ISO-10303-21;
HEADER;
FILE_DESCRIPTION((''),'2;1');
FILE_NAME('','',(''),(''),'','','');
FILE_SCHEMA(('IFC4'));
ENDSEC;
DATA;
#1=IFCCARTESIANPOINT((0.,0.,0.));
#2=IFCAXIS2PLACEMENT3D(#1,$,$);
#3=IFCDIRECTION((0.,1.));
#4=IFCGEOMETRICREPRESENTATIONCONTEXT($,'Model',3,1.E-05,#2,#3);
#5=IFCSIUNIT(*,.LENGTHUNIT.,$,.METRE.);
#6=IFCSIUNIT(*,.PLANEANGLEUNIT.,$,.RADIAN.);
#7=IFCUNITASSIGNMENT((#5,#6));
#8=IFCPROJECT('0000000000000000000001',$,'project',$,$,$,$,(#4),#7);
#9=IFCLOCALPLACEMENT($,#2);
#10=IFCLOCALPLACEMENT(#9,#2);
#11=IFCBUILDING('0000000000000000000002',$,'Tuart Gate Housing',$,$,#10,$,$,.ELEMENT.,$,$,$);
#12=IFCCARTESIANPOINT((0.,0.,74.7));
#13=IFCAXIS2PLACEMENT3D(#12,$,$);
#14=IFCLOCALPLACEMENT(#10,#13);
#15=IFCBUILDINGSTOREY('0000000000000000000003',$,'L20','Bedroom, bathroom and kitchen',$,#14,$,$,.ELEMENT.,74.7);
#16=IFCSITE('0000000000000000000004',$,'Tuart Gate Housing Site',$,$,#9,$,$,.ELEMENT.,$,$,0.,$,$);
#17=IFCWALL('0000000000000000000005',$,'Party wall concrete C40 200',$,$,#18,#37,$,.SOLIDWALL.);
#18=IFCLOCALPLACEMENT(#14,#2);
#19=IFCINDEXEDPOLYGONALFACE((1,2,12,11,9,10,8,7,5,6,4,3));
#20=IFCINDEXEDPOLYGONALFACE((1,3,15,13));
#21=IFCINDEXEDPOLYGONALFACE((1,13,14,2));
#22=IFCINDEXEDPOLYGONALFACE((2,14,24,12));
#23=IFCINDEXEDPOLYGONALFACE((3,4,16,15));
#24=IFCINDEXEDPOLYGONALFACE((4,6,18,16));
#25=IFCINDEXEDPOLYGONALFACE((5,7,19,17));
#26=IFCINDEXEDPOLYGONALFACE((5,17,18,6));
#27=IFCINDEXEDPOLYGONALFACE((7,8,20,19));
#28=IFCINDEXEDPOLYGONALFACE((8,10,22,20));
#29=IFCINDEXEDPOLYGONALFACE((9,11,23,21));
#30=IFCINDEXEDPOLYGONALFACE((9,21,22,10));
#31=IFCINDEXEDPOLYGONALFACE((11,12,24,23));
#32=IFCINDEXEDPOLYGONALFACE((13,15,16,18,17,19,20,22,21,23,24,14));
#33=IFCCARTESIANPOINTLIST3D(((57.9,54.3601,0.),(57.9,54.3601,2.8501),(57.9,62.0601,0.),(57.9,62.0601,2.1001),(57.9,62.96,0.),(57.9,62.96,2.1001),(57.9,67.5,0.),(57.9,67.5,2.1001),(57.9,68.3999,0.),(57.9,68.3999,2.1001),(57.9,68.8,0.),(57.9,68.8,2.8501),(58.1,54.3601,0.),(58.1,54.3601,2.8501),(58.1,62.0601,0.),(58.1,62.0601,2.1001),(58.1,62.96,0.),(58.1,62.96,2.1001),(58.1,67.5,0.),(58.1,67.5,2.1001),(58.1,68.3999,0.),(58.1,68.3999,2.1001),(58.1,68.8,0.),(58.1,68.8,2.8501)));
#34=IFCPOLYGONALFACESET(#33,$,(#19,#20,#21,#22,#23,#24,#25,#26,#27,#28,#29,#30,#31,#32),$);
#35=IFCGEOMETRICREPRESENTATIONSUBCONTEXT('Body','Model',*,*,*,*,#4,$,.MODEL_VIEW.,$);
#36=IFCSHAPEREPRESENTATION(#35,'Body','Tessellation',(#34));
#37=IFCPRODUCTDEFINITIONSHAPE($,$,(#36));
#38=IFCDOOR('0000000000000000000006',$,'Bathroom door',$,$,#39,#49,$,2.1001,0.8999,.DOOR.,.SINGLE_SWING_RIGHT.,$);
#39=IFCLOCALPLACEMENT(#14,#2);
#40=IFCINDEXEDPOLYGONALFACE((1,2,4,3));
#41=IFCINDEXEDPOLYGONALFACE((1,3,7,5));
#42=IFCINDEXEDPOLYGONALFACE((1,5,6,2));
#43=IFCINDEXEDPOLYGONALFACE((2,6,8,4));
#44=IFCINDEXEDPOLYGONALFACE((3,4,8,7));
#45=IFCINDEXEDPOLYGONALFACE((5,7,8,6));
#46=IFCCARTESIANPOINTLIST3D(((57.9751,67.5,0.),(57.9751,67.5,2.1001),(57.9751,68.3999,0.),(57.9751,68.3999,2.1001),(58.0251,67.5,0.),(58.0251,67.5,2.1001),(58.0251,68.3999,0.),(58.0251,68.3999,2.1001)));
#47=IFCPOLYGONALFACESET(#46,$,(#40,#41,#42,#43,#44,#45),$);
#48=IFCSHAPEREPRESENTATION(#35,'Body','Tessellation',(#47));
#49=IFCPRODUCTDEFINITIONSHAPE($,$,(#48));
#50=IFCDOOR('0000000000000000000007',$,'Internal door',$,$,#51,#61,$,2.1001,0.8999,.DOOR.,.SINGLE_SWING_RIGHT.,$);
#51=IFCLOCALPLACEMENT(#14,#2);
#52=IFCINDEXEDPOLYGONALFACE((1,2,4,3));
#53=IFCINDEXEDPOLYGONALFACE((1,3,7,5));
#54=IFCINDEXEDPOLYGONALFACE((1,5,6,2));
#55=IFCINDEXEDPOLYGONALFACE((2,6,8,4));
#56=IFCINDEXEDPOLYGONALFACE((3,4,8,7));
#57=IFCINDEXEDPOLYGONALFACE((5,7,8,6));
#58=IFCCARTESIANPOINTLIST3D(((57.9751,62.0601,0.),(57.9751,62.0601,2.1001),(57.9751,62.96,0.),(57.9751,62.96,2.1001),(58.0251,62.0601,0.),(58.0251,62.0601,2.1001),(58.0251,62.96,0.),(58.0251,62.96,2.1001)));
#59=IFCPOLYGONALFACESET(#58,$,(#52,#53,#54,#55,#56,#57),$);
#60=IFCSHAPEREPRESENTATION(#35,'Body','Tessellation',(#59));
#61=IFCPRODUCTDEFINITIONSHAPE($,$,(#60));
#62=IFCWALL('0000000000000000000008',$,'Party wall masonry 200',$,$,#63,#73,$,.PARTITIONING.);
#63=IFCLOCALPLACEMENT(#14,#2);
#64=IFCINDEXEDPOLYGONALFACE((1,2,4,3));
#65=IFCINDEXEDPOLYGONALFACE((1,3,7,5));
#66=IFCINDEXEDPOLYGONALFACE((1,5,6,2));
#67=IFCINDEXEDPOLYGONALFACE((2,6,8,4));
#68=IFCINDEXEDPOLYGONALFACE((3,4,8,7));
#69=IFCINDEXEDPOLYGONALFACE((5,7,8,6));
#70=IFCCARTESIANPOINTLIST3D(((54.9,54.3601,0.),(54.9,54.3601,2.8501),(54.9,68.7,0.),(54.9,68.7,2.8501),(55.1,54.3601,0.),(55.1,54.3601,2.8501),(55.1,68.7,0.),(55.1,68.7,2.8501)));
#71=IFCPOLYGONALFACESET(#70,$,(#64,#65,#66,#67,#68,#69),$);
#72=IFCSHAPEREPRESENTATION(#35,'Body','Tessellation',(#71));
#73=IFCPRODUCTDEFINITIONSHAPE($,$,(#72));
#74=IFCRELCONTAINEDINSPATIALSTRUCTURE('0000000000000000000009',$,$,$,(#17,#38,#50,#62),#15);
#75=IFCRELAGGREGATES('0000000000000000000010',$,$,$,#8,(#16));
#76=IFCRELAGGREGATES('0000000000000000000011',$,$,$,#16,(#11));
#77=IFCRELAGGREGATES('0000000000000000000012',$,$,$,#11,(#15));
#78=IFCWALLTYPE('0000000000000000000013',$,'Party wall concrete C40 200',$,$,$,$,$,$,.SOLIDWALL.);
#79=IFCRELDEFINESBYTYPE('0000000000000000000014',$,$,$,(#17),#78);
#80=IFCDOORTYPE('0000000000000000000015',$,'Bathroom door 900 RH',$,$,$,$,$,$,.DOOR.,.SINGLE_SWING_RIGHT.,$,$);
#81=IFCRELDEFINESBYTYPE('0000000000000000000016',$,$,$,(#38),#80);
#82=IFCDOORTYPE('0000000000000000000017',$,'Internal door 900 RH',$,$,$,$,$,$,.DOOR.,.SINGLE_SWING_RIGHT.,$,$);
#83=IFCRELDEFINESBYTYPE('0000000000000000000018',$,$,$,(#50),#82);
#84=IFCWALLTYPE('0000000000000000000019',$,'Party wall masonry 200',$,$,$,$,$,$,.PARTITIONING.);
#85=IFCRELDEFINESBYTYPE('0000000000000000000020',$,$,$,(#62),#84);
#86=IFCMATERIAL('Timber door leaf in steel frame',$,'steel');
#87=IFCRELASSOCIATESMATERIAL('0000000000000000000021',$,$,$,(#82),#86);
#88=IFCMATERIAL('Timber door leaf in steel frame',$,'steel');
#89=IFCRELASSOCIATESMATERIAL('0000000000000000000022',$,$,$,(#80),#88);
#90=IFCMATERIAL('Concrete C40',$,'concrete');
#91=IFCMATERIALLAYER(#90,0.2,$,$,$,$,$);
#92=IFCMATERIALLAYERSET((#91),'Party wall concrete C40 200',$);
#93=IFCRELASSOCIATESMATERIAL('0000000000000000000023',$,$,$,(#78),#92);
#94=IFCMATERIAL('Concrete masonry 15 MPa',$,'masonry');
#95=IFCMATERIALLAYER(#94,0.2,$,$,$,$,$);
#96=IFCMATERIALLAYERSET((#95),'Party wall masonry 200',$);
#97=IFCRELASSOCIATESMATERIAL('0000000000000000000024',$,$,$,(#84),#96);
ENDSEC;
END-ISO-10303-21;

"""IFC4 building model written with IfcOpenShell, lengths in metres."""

from ifc_helpers import new_model, si_unit, direction, frame, frame_2d, origin, place, context, subcontext, project, spatial, rectangle, extrude, material, layer, layer_set, type_object, element, fill, save


model = new_model("IFC4")

# Units and contexts
model_context = context("Model", 3, precision=1e-05, world=origin(), true_north=direction((0.0, 1.0)))
body_context = subcontext(model_context, "Body", "Model", "MODEL_VIEW")
ifc_project = project(units=[si_unit("LENGTHUNIT", "METRE"), si_unit("PLANEANGLEUNIT", "RADIAN")], contexts=[model_context])

# Site, building, storey
site_placement = place(None, origin())
site = spatial("IfcSite", under=ifc_project, at=site_placement, Name="Tuart Gate Housing Site", CompositionType="ELEMENT", RefElevation=0.0)
building_placement = place(site_placement, origin())
building = spatial("IfcBuilding", under=site, at=building_placement, Name="Tuart Gate Housing", CompositionType="ELEMENT")
storey_placement = place(building_placement, frame((0.0, 0.0, 74.7)))
storey = spatial("IfcBuildingStorey", under=building, at=storey_placement, Name="L20", Description="Bedroom, bathroom and kitchen", CompositionType="ELEMENT", Elevation=74.7)

# Shared definitions
ifc_material_1 = material(Name="Timber door leaf in steel frame", Category="steel")
door_type_1 = type_object("IfcDoorType", Name="Internal door 900 RH", OperationType="SINGLE_SWING_RIGHT", PredefinedType="DOOR", material=ifc_material_1)

# Shared definitions
ifc_material_2 = material(Name="Timber door leaf in steel frame", Category="steel")
door_type_2 = type_object("IfcDoorType", Name="Bathroom door 900 RH", OperationType="SINGLE_SWING_RIGHT", PredefinedType="DOOR", material=ifc_material_2)

# Shared definitions
ifc_material_3 = material(Name="Concrete C40", Category="concrete")
ifc_layer_1 = layer(ifc_material_3, 0.2)
ifc_layer_set_1 = layer_set([ifc_layer_1], Name="Party wall concrete C40 200")
wall_type_1 = type_object("IfcWallType", Name="Party wall concrete C40 200", PredefinedType="SOLIDWALL", material=ifc_layer_set_1)

# Wall, openings, doors
wall_1_placement = place(storey_placement, frame((58.0, 54.3601, 0.0), z_axis=(0.0, 0.0, 1.0), x_axis=(0.0, 1.0, 0.0)))
wall_1 = element("IfcWall", 1, at=wall_1_placement, inside=storey, type_object=wall_type_1, Name="Party wall concrete C40 200", PredefinedType="SOLIDWALL", context=body_context, shape_type="SweptSolid", body=[
    extrude(rectangle(XDim=14.4399, YDim=0.2, at=frame_2d((7.22, 0.0))), origin(), (0.0, 0.0, 1.0), 2.8501),
])
opening_1_placement = place(wall_1_placement, frame((7.7, 0.0, 0.0)))
opening_1 = element("IfcOpeningElement", 2, at=opening_1_placement, cuts=wall_1, PredefinedType="OPENING", context=body_context, shape_type="SweptSolid", body=[
    extrude(rectangle(XDim=0.8999, YDim=2.1001, at=frame_2d((0.45, 1.05))), frame((0.0, 0.1099, 0.0), z_axis=(0.0, -1.0, 0.0), x_axis=(1.0, 0.0, 0.0)), (0.0, 0.0, 1.0), 0.22),
])
opening_2_placement = place(wall_1_placement, frame((13.1399, 0.0, 0.0)))
opening_2 = element("IfcOpeningElement", 3, at=opening_2_placement, cuts=wall_1, PredefinedType="OPENING", context=body_context, shape_type="SweptSolid", body=[
    extrude(rectangle(XDim=0.8999, YDim=2.1001, at=frame_2d((0.45, 1.05))), frame((0.0, 0.1099, 0.0), z_axis=(0.0, -1.0, 0.0), x_axis=(1.0, 0.0, 0.0)), (0.0, 0.0, 1.0), 0.22),
])
door_1_placement = place(opening_2_placement, origin())
door_1 = element("IfcDoor", 4, at=door_1_placement, inside=storey, type_object=door_type_2, Name="Bathroom door", OperationType="SINGLE_SWING_RIGHT", OverallHeight=2.1001, OverallWidth=0.8999, PredefinedType="DOOR", context=body_context, shape_type="SweptSolid", body=[
    extrude(rectangle(XDim=0.8999, YDim=2.1001, at=frame_2d((0.45, 1.05))), frame((0.0, 0.0249, 0.0), z_axis=(0.0, -1.0, 0.0), x_axis=(1.0, 0.0, 0.0)), (0.0, 0.0, 1.0), 0.05),
])
fill(opening_2, door_1)
door_2_placement = place(opening_1_placement, origin())
door_2 = element("IfcDoor", 5, at=door_2_placement, inside=storey, type_object=door_type_1, Name="Internal door", OperationType="SINGLE_SWING_RIGHT", OverallHeight=2.1001, OverallWidth=0.8999, PredefinedType="DOOR", context=body_context, shape_type="SweptSolid", body=[
    extrude(rectangle(XDim=0.8999, YDim=2.1001, at=frame_2d((0.45, 1.05))), frame((0.0, 0.0249, 0.0), z_axis=(0.0, -1.0, 0.0), x_axis=(1.0, 0.0, 0.0)), (0.0, 0.0, 1.0), 0.05),
])
fill(opening_1, door_2)

# Wall
ifc_material_4 = material(Name="Concrete masonry 15 MPa", Category="masonry")
ifc_layer_2 = layer(ifc_material_4, 0.2)
ifc_layer_set_2 = layer_set([ifc_layer_2], Name="Party wall masonry 200")
wall_type_2 = type_object("IfcWallType", Name="Party wall masonry 200", PredefinedType="PARTITIONING", material=ifc_layer_set_2)
wall_2_placement = place(storey_placement, frame((55.0, 54.3601, 0.0), z_axis=(0.0, 0.0, 1.0), x_axis=(0.0, 1.0, 0.0)))
element("IfcWall", 6, at=wall_2_placement, inside=storey, type_object=wall_type_2, Name="Party wall masonry 200", PredefinedType="PARTITIONING", context=body_context, shape_type="SweptSolid", body=[
    extrude(rectangle(XDim=14.3398, YDim=0.2, at=frame_2d((7.1699, 0.0))), origin(), (0.0, 0.0, 1.0), 2.8501),
])

save(model, "model.ifc")
